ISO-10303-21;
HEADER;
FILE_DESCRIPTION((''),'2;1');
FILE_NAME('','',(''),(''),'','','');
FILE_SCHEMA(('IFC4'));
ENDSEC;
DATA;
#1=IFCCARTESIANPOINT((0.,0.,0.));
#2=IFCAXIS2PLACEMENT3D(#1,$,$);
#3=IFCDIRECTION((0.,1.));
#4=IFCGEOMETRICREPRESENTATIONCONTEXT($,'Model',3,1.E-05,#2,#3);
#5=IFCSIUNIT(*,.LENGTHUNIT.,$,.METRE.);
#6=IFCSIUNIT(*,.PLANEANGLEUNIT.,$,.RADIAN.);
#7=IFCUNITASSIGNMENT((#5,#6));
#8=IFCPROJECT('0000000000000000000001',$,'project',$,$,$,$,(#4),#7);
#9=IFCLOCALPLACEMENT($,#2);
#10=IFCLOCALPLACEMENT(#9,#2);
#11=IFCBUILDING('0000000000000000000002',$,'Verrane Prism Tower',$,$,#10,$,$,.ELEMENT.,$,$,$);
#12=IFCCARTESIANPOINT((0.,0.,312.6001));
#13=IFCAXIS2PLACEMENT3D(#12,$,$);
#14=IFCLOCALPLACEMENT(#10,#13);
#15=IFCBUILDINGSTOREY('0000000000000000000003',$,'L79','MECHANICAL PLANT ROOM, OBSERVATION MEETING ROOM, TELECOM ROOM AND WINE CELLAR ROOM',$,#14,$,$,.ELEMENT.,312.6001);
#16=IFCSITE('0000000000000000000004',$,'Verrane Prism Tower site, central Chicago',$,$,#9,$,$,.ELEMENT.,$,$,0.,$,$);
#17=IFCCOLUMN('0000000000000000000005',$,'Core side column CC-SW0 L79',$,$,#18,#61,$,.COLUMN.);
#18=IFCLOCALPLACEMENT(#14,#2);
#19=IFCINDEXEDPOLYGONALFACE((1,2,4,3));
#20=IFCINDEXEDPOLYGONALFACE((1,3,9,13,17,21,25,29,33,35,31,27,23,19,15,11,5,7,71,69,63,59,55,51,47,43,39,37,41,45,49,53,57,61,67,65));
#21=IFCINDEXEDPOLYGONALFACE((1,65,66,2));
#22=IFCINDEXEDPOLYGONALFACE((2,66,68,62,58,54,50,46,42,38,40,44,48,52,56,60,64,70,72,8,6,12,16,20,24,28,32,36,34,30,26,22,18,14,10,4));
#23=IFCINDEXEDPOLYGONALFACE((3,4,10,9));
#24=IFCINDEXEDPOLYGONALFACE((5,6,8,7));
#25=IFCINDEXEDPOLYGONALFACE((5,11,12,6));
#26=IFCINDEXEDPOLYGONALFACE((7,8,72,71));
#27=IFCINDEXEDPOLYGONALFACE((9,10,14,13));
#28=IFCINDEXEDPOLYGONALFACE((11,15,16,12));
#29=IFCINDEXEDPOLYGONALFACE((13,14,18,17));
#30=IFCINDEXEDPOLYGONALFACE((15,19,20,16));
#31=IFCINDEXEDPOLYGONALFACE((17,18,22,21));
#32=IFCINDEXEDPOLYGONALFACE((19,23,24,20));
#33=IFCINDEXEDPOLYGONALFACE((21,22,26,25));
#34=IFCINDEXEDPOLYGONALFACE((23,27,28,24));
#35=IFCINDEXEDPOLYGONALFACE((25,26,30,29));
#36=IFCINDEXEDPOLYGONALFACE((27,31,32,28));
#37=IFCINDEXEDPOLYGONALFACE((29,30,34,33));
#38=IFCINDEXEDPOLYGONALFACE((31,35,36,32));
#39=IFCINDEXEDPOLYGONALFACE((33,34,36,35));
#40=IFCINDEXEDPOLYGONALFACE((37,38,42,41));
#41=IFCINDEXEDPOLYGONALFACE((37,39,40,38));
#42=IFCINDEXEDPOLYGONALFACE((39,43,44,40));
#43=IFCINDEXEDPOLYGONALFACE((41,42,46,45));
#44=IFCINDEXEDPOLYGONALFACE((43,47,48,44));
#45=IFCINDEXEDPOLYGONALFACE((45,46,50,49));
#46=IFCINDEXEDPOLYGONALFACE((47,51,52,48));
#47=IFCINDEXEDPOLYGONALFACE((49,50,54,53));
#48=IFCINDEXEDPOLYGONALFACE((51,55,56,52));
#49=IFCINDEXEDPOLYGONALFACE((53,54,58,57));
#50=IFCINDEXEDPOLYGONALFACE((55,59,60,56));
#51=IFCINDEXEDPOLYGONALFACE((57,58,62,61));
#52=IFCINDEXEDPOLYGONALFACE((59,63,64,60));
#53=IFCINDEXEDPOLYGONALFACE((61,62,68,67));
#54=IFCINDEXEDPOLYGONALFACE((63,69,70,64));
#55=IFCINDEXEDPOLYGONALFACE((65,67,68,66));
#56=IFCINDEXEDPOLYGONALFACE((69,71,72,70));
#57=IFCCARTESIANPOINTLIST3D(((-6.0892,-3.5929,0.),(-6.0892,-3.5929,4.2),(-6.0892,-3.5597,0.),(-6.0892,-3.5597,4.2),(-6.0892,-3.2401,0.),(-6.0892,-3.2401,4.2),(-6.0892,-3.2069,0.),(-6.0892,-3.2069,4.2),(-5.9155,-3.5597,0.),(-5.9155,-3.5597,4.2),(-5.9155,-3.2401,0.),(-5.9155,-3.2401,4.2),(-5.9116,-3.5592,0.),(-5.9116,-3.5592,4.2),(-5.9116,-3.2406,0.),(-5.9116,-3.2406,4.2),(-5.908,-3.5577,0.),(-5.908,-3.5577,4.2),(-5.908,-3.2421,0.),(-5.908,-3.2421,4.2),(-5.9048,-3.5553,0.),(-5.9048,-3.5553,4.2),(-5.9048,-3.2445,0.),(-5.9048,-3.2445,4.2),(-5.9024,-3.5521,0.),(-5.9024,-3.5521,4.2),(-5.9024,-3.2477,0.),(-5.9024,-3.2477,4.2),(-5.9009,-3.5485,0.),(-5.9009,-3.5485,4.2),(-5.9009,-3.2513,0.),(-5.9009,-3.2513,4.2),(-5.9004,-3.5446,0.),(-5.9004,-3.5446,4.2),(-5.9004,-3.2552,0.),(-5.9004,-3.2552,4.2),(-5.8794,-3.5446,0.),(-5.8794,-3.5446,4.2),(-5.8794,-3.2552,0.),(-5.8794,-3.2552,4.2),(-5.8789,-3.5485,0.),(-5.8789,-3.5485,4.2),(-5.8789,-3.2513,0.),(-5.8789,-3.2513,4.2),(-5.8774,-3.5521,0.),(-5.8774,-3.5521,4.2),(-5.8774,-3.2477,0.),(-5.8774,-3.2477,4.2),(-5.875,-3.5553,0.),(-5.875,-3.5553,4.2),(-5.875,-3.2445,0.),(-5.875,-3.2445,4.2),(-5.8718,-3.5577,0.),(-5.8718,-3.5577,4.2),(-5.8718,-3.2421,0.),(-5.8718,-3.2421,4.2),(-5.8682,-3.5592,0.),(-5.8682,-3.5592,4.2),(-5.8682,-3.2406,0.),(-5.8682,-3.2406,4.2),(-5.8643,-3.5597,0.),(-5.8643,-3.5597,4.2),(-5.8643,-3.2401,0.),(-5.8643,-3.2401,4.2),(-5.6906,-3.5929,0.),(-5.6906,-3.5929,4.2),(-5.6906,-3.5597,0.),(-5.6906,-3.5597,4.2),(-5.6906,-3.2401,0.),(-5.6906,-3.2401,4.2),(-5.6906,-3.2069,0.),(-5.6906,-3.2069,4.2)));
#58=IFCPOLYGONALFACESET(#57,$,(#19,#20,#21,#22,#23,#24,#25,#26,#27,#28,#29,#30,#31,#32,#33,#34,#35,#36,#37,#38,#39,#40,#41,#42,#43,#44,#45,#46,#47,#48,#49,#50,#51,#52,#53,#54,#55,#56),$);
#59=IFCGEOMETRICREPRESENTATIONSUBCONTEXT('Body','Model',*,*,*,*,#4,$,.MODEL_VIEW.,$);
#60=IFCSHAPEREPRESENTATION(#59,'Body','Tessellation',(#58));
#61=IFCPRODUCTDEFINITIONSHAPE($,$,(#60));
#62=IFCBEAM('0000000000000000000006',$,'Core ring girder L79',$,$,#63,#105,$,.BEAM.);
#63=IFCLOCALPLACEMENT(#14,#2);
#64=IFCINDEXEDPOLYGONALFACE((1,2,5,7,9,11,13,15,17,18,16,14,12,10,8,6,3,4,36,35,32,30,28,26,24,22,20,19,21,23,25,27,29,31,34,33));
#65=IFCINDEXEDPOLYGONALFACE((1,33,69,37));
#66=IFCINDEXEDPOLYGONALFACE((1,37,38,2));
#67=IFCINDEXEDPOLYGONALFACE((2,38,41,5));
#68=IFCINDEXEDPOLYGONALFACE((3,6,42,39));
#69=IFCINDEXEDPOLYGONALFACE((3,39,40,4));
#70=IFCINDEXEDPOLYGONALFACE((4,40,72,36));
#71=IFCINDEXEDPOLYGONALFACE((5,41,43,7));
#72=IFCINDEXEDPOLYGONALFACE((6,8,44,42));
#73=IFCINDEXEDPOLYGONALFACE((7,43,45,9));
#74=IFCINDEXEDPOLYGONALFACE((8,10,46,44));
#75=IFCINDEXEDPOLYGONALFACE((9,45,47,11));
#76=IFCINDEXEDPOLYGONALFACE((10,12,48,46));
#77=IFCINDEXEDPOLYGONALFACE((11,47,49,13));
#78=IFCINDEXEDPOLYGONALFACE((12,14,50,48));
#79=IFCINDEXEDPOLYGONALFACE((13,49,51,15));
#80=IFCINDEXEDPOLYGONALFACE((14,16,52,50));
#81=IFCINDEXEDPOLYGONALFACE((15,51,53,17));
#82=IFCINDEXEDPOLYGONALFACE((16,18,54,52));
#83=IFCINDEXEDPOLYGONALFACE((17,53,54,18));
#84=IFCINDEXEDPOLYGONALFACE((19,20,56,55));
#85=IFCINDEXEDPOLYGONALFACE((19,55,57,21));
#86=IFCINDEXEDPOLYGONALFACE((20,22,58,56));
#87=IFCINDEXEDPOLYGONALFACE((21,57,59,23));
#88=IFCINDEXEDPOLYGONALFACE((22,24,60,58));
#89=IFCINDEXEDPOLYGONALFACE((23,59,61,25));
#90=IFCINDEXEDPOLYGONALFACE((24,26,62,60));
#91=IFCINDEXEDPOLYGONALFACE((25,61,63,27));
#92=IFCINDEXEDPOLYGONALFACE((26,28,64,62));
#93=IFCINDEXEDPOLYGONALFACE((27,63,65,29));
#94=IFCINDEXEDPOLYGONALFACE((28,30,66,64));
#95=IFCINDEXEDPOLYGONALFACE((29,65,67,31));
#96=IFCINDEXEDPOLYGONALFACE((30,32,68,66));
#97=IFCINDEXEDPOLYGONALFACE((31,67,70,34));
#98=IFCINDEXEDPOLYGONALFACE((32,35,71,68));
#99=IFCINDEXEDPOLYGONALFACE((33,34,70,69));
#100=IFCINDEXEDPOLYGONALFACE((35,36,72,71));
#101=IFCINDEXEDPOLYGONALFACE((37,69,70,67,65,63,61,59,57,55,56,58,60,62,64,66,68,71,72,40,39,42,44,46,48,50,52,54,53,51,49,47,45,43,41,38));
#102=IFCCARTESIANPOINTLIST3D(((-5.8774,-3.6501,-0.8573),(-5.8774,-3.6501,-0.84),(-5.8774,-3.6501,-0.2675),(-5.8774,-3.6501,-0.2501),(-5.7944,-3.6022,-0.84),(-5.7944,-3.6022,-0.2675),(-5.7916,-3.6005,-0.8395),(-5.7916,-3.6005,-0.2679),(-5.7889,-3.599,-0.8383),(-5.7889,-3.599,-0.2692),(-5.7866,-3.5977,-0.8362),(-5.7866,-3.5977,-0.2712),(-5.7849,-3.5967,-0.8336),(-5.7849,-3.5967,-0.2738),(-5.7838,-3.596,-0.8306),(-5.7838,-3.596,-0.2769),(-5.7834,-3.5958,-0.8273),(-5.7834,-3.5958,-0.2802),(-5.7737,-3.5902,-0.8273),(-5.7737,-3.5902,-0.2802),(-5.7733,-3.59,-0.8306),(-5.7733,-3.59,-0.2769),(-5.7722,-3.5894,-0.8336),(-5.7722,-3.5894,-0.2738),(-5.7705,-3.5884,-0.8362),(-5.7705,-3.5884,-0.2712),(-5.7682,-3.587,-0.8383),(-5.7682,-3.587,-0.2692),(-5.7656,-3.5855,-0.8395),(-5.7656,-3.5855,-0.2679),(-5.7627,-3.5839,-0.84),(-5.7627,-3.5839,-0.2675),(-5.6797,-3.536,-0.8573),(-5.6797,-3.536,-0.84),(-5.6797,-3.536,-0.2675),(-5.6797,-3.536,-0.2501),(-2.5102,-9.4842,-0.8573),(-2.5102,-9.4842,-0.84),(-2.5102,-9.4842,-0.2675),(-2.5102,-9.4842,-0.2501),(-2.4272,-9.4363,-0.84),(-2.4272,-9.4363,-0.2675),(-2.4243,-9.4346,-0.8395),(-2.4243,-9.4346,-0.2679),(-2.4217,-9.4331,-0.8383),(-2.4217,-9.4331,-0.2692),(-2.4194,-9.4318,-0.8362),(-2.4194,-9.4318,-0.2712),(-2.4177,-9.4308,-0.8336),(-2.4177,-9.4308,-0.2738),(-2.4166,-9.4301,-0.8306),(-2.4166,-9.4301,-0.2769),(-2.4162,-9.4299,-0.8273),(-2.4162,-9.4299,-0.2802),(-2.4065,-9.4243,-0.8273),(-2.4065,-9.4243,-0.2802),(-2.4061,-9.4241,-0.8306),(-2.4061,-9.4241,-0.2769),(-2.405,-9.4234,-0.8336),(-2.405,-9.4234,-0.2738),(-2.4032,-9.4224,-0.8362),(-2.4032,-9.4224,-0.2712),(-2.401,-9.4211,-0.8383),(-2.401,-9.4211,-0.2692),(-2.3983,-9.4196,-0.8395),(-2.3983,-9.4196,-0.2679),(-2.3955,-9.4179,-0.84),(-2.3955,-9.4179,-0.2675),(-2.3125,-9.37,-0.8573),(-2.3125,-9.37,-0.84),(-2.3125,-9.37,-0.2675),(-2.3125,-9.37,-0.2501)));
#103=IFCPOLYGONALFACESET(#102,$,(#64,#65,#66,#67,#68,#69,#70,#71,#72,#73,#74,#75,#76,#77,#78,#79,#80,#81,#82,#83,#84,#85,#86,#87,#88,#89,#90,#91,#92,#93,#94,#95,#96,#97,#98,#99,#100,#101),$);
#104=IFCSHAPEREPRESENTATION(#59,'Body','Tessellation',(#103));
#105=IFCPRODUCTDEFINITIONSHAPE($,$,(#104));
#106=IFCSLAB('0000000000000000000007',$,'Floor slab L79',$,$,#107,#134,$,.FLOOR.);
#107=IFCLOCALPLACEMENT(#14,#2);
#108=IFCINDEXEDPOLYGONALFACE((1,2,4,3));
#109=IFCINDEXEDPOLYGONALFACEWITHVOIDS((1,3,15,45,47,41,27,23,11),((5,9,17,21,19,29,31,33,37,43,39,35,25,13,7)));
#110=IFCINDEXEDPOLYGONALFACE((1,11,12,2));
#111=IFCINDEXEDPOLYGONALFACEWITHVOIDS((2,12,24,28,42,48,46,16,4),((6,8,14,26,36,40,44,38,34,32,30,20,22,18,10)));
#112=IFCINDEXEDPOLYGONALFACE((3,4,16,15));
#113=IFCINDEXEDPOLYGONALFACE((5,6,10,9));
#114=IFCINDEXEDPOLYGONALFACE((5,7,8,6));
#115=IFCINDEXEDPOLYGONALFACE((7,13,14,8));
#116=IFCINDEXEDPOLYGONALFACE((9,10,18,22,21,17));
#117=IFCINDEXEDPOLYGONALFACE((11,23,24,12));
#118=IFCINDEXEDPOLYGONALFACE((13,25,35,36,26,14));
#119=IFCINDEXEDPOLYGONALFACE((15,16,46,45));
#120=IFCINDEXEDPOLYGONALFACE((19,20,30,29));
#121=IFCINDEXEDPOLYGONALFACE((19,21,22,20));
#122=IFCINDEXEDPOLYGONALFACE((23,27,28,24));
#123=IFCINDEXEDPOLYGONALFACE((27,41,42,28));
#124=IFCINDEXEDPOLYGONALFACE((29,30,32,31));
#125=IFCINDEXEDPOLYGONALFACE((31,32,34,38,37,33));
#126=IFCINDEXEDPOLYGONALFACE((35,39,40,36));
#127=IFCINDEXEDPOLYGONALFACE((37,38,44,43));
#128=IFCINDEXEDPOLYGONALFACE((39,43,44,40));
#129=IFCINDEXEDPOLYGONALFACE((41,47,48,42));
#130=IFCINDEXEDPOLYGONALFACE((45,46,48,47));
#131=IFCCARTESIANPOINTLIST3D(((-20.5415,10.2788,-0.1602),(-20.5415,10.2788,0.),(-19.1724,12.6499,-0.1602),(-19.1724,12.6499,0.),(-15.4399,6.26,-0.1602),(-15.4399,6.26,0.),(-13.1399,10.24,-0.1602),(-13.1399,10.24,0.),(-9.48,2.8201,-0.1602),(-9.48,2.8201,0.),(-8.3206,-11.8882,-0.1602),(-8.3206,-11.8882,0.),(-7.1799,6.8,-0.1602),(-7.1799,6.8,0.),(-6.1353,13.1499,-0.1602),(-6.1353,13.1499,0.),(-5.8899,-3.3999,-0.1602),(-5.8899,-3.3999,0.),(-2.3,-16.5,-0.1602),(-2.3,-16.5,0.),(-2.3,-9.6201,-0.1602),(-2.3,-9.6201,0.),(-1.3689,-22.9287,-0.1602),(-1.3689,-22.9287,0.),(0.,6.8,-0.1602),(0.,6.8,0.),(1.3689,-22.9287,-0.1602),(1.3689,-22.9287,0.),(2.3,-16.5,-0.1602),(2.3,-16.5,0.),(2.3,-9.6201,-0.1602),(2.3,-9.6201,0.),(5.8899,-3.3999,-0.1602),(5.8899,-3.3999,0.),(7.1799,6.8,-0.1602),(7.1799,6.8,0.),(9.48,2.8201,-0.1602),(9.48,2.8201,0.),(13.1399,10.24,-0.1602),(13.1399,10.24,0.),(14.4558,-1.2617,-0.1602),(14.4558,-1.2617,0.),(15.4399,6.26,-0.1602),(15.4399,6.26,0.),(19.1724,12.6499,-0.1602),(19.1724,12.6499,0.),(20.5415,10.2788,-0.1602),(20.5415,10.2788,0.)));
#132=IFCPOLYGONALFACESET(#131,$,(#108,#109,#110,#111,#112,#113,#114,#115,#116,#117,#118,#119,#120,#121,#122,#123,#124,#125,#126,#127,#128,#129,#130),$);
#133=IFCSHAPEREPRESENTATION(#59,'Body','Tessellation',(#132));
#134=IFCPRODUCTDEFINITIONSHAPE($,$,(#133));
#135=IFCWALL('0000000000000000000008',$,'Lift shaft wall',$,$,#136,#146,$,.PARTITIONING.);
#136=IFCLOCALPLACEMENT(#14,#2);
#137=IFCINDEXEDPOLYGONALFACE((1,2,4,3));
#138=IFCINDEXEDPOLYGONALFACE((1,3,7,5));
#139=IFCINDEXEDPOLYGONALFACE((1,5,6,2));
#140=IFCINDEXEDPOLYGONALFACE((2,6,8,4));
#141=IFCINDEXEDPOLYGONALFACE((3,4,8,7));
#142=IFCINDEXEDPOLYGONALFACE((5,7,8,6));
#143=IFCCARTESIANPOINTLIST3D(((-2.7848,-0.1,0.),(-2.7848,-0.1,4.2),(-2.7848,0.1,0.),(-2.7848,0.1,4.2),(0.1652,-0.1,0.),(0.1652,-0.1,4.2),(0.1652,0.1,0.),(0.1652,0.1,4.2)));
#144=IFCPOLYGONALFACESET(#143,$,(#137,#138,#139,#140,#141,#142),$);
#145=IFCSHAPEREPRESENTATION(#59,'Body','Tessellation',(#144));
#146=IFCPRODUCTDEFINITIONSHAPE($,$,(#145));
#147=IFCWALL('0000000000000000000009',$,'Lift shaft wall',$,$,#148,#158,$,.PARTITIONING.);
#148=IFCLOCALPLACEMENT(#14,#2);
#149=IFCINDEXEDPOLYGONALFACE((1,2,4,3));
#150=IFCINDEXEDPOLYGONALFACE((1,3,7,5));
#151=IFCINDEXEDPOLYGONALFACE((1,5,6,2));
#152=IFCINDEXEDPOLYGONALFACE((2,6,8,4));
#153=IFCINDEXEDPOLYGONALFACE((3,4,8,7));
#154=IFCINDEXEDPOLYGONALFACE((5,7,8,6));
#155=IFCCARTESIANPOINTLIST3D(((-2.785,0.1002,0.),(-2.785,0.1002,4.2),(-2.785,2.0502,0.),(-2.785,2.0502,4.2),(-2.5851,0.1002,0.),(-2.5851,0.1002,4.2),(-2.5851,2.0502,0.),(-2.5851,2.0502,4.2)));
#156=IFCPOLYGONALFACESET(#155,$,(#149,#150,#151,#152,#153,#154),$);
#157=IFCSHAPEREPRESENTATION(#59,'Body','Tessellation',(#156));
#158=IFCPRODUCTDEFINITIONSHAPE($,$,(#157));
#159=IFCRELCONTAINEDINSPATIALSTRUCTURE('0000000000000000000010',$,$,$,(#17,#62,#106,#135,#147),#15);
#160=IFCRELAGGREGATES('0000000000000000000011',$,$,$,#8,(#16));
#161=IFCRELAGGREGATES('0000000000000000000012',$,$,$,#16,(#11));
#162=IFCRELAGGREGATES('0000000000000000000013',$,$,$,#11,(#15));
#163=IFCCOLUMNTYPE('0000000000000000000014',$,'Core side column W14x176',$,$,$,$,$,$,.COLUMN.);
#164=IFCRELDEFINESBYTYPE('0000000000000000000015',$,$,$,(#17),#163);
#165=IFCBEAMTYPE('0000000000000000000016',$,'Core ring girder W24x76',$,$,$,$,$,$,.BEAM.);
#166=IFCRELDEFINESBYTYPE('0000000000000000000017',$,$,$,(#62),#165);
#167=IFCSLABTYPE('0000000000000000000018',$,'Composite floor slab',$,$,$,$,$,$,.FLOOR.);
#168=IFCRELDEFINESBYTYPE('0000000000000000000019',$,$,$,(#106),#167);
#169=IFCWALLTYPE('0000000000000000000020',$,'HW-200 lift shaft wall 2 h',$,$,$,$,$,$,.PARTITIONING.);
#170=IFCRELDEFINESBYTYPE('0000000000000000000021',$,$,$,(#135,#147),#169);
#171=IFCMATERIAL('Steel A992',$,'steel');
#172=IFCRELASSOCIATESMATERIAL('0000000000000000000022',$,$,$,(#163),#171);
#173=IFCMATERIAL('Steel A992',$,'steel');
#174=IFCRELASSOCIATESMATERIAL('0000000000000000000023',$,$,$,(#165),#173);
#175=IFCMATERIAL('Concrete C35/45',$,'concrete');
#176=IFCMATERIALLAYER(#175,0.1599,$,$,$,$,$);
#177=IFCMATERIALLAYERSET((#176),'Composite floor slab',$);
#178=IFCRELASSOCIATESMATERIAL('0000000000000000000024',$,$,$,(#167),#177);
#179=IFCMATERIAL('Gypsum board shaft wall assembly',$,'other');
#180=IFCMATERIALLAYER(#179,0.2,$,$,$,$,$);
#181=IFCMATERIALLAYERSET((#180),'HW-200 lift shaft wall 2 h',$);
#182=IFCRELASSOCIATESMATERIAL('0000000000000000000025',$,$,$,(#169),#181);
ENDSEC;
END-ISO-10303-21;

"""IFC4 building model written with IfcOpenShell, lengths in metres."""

from ifc_helpers import new_model, si_unit, direction, frame, frame_2d, origin, origin_2d, place, context, subcontext, project, spatial, polyline, rectangle, i_section, outline, extrude, material, layer, layer_set, material_profile, profile_set, type_object, element, save


model = new_model("IFC4")

# Units and contexts
model_context = context("Model", 3, precision=1e-05, world=origin(), true_north=direction((0.0, 1.0)))
body_context = subcontext(model_context, "Body", "Model", "MODEL_VIEW")
ifc_project = project(units=[si_unit("LENGTHUNIT", "METRE"), si_unit("PLANEANGLEUNIT", "RADIAN")], contexts=[model_context])

# Site, building, storey
site_placement = place(None, origin())
site = spatial("IfcSite", under=ifc_project, at=site_placement, Name="Verrane Prism Tower site, central Chicago", CompositionType="ELEMENT", RefElevation=0.0)
building_placement = place(site_placement, origin())
building = spatial("IfcBuilding", under=site, at=building_placement, Name="Verrane Prism Tower", CompositionType="ELEMENT")
storey_placement = place(building_placement, frame((0.0, 0.0, 312.6001)))
storey = spatial("IfcBuildingStorey", under=building, at=storey_placement, Name="L79", Description="MECHANICAL PLANT ROOM, OBSERVATION MEETING ROOM, TELECOM ROOM AND WINE CELLAR ROOM", CompositionType="ELEMENT", Elevation=312.6001)

# Column
ifc_material_1 = material(Name="Steel A992", Category="steel")
ifc_material_profile_1 = material_profile(ifc_material_1, i_section(OverallWidth=0.3987, OverallDepth=0.386, WebThickness=0.021, FlangeThickness=0.0332, FilletRadius=0.0151, at=origin_2d()), Name="W14x176")
ifc_profile_set_1 = profile_set([ifc_material_profile_1], Name="Steel A992")
column_type = type_object("IfcColumnType", Name="Core side column W14x176", PredefinedType="COLUMN", material=ifc_profile_set_1)
column_placement = place(storey_placement, frame((-5.8899, -3.3999, 0.0), z_axis=(0.0, 0.0, 1.0), x_axis=(1.0, 0.0, 0.0)))
element("IfcColumn", 1, at=column_placement, inside=storey, type_object=column_type, Name="Core side column CC-SW0 L79", PredefinedType="COLUMN", context=body_context, shape_type="SweptSolid", body=[
    extrude(i_section(OverallWidth=0.3987, OverallDepth=0.386, WebThickness=0.021, FlangeThickness=0.0332, FilletRadius=0.0151, at=origin_2d()), origin(), (0.0, 0.0, 1.0), 4.2),
])

# Beam
ifc_material_2 = material(Name="Steel A992", Category="steel")
ifc_material_profile_2 = material_profile(ifc_material_2, i_section(OverallWidth=0.2283, OverallDepth=0.6072, WebThickness=0.0112, FlangeThickness=0.0173, FilletRadius=0.0127, at=origin_2d()), Name="W24x76")
ifc_profile_set_2 = profile_set([ifc_material_profile_2], Name="Steel A992")
beam_type = type_object("IfcBeamType", Name="Core ring girder W24x76", PredefinedType="BEAM", material=ifc_profile_set_2)
beam_placement = place(storey_placement, frame((-5.7786, -3.593, -0.5537), z_axis=(0.499881, -0.866094, 0.0), x_axis=(0.866094, 0.499881, 0.0)))
element("IfcBeam", 2, at=beam_placement, inside=storey, type_object=beam_type, Name="Core ring girder L79", PredefinedType="BEAM", context=body_context, shape_type="SweptSolid", body=[
    extrude(i_section(OverallWidth=0.2283, OverallDepth=0.6072, WebThickness=0.0112, FlangeThickness=0.0173, FilletRadius=0.0127, at=origin_2d()), origin(), (0.0, 0.0, 1.0), 6.7361),
])

# Slab
ifc_material_3 = material(Name="Concrete C35/45", Category="concrete")
ifc_layer_1 = layer(ifc_material_3, 0.1599)
ifc_layer_set_1 = layer_set([ifc_layer_1], Name="Composite floor slab")
slab_type = type_object("IfcSlabType", Name="Composite floor slab", PredefinedType="FLOOR", material=ifc_layer_set_1)
slab_placement = place(storey_placement, frame((0.0, 0.0, -0.1602)))
element("IfcSlab", 3, at=slab_placement, inside=storey, type_object=slab_type, Name="Floor slab L79", PredefinedType="FLOOR", context=body_context, shape_type="SweptSolid", body=[
    extrude(outline(polyline([(14.4558, -1.2617), (1.3689, -22.9287), (-1.3689, -22.9287), (-8.3206, -11.8882), (-20.5415, 10.2788), (-19.1724, 12.6499), (-6.1353, 13.1499), (19.1724, 12.6499), (20.5415, 10.2788), (14.4558, -1.2617)]), holes=[polyline([(15.4399, 6.26), (13.1399, 10.24), (7.1799, 6.8), (0.0, 6.8), (-7.1799, 6.8), (-13.1399, 10.24), (-15.4399, 6.26), (-9.48, 2.8201), (-5.8899, -3.3999), (-2.3, -9.6201), (-2.3, -16.5), (2.3, -16.5), (2.3, -9.6201), (5.8899, -3.3999), (9.48, 2.8201), (15.4399, 6.26)])]), origin(), (0.0, 0.0, 1.0), 0.1602),
])

# Walls
ifc_material_4 = material(Name="Gypsum board shaft wall assembly", Category="other")
ifc_layer_2 = layer(ifc_material_4, 0.2)
ifc_layer_set_2 = layer_set([ifc_layer_2], Name="HW-200 lift shaft wall 2 h")
wall_type_1 = type_object("IfcWallType", Name="HW-200 lift shaft wall 2 h", PredefinedType="PARTITIONING", material=ifc_layer_set_2)
wall_1_placement = place(storey_placement, frame((-2.7849, 0.0, 0.0), z_axis=(0.0, 0.0, 1.0), x_axis=(1.0, 0.0, 0.0)))
element("IfcWall", 4, at=wall_1_placement, inside=storey, type_object=wall_type_1, Name="Lift shaft wall", PredefinedType="PARTITIONING", context=body_context, shape_type="SweptSolid", body=[
    extrude(rectangle(XDim=2.95, YDim=0.2, at=frame_2d((1.4751, 0.0))), origin(), (0.0, 0.0, 1.0), 4.2),
])
wall_2_placement = place(storey_placement, frame((-2.6851, 0.1001, 0.0), z_axis=(0.0, 0.0, 1.0), x_axis=(0.0, 1.0, 0.0)))
element("IfcWall", 5, at=wall_2_placement, inside=storey, type_object=wall_type_1, Name="Lift shaft wall", PredefinedType="PARTITIONING", context=body_context, shape_type="SweptSolid", body=[
    extrude(rectangle(XDim=1.95, YDim=0.2, at=frame_2d((0.9751, 0.0))), origin(), (0.0, 0.0, 1.0), 4.2),
])

save(model, "model.ifc")
